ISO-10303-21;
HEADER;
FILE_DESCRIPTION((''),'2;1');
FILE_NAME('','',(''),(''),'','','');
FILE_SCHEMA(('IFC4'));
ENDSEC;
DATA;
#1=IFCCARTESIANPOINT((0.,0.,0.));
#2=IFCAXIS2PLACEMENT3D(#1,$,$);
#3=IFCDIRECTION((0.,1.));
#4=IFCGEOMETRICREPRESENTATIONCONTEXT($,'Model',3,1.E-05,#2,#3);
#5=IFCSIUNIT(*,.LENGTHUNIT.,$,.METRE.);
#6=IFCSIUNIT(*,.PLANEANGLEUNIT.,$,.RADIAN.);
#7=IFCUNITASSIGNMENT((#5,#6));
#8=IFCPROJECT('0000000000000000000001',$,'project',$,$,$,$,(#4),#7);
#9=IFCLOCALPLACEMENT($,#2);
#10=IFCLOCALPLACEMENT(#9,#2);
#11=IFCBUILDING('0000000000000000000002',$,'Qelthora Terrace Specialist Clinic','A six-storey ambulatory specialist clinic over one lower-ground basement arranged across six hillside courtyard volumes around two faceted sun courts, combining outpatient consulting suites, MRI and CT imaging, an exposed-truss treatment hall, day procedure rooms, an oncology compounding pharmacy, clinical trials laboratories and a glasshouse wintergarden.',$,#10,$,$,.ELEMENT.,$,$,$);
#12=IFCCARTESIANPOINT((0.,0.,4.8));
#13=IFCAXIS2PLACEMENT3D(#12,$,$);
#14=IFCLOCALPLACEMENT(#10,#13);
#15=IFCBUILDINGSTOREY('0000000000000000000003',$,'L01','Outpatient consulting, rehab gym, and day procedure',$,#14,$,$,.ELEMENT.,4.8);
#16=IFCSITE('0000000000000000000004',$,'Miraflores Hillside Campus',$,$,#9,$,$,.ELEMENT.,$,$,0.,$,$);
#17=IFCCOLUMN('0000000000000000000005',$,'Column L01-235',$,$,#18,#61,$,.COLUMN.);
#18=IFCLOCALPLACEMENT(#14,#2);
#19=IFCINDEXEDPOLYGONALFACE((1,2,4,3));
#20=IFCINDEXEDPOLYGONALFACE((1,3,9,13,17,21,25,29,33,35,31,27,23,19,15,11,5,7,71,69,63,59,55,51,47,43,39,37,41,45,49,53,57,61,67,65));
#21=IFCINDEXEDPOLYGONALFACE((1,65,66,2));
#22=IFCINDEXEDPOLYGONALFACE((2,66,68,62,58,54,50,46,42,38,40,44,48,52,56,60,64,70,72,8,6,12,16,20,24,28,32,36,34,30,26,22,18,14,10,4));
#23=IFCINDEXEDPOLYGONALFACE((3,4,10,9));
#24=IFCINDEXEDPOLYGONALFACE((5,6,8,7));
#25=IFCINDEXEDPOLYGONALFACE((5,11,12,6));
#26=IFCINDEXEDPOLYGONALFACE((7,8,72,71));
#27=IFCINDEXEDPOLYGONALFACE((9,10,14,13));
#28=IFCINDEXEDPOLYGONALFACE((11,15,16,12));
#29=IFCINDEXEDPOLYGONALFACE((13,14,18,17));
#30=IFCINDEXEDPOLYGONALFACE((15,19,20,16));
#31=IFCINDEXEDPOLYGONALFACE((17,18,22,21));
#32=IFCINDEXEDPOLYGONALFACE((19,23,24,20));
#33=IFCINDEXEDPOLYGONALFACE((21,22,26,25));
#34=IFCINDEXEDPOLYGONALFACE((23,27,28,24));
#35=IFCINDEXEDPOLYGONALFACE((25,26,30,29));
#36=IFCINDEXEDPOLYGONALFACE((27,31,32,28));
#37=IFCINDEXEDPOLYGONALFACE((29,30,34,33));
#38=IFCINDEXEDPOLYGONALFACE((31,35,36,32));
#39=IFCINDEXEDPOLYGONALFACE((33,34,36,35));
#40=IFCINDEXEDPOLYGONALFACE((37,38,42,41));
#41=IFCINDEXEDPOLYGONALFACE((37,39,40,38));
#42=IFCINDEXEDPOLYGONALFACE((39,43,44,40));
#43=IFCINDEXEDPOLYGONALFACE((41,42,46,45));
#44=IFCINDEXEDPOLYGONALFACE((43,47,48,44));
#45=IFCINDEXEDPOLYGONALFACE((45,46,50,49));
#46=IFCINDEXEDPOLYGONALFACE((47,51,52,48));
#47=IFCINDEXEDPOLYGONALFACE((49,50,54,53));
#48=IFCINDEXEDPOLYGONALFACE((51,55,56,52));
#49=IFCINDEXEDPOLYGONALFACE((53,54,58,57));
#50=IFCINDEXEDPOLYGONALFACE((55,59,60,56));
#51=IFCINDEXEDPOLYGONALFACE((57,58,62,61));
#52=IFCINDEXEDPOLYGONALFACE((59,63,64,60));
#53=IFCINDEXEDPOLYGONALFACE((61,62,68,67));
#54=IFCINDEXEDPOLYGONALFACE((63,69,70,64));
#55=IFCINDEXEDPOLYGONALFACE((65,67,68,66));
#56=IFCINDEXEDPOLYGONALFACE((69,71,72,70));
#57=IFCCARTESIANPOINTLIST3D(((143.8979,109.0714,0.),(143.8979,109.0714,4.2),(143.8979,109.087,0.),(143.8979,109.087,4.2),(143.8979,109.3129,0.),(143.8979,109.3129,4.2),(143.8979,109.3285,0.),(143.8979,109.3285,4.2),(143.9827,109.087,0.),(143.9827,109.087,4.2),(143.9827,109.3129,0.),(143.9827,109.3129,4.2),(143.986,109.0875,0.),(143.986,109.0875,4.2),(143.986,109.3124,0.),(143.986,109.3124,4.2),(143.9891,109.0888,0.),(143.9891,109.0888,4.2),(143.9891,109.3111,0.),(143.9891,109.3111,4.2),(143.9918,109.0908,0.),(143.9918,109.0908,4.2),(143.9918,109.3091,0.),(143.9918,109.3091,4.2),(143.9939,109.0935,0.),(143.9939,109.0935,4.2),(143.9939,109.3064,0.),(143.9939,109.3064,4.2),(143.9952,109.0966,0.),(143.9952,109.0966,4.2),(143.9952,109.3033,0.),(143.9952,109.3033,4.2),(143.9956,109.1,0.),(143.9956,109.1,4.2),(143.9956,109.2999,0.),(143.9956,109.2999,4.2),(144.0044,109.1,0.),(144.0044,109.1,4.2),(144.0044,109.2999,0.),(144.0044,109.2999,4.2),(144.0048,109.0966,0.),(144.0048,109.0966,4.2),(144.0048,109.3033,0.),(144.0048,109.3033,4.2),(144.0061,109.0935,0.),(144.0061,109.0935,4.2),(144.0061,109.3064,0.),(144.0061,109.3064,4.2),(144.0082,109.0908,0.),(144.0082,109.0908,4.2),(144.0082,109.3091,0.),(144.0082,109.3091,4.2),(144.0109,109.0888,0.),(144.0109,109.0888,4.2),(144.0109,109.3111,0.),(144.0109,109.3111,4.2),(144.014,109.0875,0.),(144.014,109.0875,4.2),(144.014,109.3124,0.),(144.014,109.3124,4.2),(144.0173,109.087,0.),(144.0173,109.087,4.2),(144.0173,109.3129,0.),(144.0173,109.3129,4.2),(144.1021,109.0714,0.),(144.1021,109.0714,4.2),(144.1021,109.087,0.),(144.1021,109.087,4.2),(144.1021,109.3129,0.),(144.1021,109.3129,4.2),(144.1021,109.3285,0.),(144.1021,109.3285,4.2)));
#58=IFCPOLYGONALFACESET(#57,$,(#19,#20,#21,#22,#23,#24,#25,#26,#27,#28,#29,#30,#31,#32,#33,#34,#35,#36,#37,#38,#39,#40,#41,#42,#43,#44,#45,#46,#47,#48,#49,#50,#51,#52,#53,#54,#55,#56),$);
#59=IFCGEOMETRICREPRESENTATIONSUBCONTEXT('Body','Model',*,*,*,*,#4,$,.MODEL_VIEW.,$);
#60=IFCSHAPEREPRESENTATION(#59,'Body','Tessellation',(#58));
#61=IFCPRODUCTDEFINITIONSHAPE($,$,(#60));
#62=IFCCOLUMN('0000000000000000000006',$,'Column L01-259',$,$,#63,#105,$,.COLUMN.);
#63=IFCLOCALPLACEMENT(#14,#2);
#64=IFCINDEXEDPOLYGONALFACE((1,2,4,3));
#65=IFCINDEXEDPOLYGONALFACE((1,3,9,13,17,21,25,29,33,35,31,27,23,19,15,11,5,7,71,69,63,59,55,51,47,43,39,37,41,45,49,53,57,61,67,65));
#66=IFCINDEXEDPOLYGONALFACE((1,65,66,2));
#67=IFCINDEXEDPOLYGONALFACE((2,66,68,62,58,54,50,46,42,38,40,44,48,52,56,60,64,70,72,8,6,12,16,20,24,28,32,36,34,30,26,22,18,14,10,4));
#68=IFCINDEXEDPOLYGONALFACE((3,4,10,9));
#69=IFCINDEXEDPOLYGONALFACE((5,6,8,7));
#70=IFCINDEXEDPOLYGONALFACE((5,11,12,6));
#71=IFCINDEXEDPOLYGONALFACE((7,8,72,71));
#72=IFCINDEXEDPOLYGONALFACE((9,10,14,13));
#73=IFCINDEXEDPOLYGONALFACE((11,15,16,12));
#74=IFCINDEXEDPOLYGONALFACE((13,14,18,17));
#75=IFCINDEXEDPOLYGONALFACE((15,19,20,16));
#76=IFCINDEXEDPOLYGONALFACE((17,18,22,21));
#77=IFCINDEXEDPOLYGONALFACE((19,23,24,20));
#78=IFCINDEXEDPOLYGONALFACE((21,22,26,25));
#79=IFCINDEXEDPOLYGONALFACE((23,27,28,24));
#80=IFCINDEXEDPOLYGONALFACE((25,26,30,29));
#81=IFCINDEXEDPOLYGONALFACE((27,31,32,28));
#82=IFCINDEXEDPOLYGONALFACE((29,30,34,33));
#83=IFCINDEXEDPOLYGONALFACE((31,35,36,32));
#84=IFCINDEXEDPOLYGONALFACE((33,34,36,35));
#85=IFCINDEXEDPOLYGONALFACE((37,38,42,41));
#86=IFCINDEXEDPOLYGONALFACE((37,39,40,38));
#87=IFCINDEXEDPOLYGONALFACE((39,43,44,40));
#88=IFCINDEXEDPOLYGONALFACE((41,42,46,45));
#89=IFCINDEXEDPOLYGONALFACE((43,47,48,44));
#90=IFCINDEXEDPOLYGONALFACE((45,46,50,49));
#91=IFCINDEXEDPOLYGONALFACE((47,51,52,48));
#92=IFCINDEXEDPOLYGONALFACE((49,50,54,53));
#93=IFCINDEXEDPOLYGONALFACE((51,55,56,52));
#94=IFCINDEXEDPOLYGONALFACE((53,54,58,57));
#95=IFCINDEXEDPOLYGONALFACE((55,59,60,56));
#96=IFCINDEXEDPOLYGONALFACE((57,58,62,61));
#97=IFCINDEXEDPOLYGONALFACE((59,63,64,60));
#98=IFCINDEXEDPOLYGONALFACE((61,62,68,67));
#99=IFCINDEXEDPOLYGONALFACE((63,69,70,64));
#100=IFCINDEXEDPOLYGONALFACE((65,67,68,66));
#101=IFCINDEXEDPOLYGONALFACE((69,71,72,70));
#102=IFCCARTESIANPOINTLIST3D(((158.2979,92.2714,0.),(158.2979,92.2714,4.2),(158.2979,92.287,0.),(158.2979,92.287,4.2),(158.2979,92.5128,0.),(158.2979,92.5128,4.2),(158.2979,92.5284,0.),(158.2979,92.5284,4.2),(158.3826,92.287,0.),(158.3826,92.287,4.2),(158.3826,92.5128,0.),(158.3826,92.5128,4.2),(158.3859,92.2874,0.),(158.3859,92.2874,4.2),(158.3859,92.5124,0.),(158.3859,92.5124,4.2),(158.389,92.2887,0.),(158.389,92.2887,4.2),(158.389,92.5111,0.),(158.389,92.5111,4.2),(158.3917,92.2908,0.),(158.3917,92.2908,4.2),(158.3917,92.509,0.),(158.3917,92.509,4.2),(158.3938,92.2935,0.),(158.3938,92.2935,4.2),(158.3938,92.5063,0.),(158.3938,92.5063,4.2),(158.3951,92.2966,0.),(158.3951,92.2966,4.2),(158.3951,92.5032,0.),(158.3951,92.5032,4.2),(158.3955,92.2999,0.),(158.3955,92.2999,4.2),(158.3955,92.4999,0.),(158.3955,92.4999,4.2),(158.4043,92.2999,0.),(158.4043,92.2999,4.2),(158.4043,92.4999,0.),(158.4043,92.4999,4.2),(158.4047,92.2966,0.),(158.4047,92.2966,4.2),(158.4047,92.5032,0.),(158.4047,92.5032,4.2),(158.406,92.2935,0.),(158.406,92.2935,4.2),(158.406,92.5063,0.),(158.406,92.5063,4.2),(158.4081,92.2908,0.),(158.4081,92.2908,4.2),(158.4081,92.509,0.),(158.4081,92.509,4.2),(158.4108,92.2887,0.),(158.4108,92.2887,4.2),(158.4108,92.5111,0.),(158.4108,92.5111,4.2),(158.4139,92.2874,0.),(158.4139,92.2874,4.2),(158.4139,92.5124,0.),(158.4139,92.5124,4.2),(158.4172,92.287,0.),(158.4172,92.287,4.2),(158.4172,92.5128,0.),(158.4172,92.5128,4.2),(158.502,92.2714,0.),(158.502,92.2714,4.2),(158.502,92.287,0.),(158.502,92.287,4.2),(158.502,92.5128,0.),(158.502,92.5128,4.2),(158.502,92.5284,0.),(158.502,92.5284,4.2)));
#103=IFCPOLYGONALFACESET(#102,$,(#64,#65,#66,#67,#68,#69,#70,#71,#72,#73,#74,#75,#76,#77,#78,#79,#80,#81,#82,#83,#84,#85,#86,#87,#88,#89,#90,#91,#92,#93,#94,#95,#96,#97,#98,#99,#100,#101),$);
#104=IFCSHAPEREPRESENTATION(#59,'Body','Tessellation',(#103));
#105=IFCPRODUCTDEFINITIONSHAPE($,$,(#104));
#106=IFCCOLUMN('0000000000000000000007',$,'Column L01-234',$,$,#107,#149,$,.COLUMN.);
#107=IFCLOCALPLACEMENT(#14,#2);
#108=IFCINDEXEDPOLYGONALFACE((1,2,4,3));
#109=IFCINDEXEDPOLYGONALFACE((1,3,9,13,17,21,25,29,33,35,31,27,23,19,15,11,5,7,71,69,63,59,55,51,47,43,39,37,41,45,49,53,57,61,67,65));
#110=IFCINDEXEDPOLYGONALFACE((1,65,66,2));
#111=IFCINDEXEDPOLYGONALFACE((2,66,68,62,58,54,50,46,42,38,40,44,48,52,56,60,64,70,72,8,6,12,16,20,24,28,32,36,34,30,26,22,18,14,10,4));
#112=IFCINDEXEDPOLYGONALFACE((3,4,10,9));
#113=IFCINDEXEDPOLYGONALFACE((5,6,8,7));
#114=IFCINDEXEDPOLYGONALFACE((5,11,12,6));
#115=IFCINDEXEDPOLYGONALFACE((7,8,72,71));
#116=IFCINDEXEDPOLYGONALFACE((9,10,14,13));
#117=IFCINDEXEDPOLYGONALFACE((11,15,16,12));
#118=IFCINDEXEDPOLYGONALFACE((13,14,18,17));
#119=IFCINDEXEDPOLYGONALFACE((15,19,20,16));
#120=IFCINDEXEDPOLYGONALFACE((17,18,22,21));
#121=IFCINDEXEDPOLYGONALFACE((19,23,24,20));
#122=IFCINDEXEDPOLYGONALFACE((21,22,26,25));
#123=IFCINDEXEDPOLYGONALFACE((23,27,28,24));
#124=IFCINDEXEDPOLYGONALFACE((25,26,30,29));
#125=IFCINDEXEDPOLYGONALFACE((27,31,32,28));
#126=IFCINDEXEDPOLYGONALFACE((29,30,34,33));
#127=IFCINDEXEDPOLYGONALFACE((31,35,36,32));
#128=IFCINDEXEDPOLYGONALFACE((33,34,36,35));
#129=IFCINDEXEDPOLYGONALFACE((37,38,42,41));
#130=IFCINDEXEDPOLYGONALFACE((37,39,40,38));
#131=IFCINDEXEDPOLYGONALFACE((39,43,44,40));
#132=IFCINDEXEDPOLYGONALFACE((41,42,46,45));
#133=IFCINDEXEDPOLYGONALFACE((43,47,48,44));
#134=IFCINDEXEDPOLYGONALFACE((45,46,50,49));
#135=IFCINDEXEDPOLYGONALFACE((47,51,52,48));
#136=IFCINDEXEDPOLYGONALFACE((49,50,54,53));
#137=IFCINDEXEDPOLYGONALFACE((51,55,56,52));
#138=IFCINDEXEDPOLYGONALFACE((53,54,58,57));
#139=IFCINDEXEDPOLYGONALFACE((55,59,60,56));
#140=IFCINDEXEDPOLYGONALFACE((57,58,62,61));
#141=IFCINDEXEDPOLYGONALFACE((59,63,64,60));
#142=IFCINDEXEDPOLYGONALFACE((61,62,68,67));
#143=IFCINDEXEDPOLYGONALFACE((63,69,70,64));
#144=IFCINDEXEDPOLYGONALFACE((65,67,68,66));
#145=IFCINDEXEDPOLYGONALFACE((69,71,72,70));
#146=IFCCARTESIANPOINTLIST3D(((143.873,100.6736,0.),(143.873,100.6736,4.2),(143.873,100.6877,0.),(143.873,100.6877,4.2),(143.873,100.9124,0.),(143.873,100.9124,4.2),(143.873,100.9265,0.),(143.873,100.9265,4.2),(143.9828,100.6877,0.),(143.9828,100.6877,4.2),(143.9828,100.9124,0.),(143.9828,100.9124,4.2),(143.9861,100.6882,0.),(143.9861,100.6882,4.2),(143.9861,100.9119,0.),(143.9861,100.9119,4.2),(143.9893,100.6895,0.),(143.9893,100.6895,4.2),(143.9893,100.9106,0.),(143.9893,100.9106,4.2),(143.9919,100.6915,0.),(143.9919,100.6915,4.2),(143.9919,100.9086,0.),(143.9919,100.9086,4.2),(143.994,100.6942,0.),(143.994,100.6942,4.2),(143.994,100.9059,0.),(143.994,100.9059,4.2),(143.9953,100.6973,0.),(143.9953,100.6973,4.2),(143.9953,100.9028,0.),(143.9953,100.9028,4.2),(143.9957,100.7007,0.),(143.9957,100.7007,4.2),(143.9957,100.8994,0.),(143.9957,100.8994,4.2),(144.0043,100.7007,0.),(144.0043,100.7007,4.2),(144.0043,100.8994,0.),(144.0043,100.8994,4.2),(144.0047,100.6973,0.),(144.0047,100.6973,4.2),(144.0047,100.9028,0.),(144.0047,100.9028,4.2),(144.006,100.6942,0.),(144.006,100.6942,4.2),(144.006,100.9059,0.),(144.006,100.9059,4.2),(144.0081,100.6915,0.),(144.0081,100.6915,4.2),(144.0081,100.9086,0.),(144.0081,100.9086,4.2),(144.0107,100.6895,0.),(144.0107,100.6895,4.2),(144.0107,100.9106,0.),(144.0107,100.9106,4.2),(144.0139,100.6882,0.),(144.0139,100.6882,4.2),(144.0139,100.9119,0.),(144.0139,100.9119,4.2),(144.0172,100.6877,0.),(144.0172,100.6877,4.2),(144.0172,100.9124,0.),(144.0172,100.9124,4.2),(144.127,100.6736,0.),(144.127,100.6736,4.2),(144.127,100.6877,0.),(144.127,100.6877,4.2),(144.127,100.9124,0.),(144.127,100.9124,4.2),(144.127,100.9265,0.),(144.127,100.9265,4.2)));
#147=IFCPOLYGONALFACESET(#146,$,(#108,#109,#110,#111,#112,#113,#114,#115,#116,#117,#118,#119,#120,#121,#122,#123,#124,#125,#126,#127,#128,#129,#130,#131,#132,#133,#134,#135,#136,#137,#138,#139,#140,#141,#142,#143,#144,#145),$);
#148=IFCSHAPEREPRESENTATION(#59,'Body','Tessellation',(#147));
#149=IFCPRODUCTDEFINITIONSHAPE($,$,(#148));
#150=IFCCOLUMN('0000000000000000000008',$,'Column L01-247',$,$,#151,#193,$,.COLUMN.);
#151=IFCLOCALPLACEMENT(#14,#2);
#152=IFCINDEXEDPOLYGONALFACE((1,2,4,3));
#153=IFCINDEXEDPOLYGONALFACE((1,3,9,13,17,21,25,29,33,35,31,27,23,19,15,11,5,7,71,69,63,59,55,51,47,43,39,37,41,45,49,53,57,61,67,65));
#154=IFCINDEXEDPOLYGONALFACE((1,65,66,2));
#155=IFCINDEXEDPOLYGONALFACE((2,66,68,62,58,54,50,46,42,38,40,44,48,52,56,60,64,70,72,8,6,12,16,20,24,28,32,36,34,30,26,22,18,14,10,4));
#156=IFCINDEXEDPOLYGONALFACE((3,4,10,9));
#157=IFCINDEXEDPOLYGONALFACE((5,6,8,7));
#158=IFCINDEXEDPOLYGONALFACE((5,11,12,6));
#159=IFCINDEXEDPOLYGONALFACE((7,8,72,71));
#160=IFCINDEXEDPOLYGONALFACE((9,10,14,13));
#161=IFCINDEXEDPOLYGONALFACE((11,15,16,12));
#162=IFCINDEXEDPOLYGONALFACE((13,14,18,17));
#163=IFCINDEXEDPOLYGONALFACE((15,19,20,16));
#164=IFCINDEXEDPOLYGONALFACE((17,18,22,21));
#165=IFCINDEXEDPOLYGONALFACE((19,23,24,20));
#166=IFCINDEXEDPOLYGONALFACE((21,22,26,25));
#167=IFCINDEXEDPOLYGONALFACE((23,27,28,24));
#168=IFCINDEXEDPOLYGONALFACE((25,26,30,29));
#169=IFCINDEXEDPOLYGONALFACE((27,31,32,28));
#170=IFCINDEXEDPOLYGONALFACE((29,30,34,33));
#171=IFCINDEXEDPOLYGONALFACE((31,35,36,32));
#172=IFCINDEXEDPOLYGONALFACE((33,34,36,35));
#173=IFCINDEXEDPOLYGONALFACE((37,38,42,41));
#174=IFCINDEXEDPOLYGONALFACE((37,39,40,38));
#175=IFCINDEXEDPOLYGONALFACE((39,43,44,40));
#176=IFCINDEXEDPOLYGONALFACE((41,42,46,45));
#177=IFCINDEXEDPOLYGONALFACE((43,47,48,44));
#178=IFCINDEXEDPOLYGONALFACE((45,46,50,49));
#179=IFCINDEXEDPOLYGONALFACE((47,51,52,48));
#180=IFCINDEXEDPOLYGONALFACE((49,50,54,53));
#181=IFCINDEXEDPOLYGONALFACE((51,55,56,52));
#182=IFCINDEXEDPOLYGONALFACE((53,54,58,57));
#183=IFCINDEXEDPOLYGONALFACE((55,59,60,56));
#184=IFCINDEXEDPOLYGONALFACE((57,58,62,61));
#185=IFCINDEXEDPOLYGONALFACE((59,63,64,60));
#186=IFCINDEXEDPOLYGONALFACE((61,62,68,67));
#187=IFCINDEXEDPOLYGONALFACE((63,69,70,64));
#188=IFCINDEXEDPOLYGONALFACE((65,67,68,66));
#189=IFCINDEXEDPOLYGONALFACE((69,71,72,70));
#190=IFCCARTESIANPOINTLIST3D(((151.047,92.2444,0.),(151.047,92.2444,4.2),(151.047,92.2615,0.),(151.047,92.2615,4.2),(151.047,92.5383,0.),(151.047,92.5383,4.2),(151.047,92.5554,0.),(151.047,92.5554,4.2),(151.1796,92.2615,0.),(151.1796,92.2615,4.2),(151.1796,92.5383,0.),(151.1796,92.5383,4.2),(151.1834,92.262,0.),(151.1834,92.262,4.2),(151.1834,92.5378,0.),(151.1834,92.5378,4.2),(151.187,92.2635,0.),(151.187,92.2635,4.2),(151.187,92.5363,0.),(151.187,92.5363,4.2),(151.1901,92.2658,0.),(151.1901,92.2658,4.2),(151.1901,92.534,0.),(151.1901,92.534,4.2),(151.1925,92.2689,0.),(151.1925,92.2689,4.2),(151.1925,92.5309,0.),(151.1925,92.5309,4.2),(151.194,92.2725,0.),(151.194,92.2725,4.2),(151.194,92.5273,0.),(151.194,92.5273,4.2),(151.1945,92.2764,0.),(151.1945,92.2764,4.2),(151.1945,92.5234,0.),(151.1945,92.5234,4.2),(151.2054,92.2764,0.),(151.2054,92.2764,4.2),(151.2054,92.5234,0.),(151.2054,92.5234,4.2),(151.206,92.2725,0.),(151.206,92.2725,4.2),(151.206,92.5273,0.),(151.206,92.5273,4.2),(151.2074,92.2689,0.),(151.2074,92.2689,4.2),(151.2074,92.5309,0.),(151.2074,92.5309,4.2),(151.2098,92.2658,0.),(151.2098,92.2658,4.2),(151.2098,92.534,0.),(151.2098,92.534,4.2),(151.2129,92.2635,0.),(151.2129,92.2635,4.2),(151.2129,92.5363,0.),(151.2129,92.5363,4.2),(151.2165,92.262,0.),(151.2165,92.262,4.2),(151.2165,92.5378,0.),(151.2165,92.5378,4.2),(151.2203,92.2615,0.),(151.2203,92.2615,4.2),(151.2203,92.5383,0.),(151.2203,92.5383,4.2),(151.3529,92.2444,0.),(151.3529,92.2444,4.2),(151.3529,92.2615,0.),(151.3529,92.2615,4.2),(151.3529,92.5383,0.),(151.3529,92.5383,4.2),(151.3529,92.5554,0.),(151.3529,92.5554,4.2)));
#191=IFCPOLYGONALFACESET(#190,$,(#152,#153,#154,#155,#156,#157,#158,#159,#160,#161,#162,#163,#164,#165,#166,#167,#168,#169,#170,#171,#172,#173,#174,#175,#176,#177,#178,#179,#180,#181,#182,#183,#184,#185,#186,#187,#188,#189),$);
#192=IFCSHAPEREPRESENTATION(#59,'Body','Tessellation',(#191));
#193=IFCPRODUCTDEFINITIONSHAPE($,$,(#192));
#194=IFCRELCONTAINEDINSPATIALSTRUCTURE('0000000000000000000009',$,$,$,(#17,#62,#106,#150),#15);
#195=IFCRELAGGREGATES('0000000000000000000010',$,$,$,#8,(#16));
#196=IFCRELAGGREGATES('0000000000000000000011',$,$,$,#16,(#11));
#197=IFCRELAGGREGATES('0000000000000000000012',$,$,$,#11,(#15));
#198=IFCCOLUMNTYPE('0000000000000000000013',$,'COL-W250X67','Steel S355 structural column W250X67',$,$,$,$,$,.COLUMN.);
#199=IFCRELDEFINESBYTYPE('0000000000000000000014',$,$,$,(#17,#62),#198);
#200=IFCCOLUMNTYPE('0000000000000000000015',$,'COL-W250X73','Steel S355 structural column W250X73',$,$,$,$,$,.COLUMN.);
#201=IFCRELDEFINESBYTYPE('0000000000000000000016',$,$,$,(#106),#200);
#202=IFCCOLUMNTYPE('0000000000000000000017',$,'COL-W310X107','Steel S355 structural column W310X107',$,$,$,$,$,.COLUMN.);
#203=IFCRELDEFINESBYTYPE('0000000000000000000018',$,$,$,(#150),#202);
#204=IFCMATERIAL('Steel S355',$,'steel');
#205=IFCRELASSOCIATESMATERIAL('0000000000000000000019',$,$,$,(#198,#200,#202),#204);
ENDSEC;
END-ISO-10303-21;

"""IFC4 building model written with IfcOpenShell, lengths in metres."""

from ifc_helpers import new_model, si_unit, direction, frame, origin, origin_2d, place, context, subcontext, project, spatial, i_section, extrude, material, material_profile, profile_set, type_object, element, save


model = new_model("IFC4")

# Units and contexts
model_context = context("Model", 3, precision=1e-05, world=origin(), true_north=direction((0.0, 1.0)))
body_context = subcontext(model_context, "Body", "Model", "MODEL_VIEW")
ifc_project = project(units=[si_unit("LENGTHUNIT", "METRE"), si_unit("PLANEANGLEUNIT", "RADIAN")], contexts=[model_context])

# Site, building, storey
site_placement = place(None, origin())
site = spatial("IfcSite", under=ifc_project, at=site_placement, Name="Miraflores Hillside Campus", CompositionType="ELEMENT", RefElevation=0.0)
building_placement = place(site_placement, origin())
building = spatial("IfcBuilding", under=site, at=building_placement, Name="Qelthora Terrace Specialist Clinic", Description="A six-storey ambulatory specialist clinic over one lower-ground basement arranged across six hillside courtyard volumes around two faceted sun courts, combining outpatient consulting suites, MRI and CT imaging, an exposed-truss treatment hall, day procedure rooms, an oncology compounding pharmacy, clinical trials laboratories and a glasshouse wintergarden.", CompositionType="ELEMENT")
storey_placement = place(building_placement, frame((0.0, 0.0, 4.8)))
storey = spatial("IfcBuildingStorey", under=building, at=storey_placement, Name="L01", Description="Outpatient consulting, rehab gym, and day procedure", CompositionType="ELEMENT", Elevation=4.8)

# Columns
ifc_material_1 = material(Name="Steel S355", Category="steel")
ifc_material_profile_1 = material_profile(ifc_material_1, i_section(OverallWidth=0.2041, OverallDepth=0.2571, WebThickness=0.0088, FlangeThickness=0.0156, FilletRadius=0.0129, at=origin_2d()), Name="W250X67")
ifc_profile_set_1 = profile_set([ifc_material_profile_1], Name="Steel S355")
column_type_1 = type_object("IfcColumnType", Name="COL-W250X67", Description="Steel S355 structural column W250X67", PredefinedType="COLUMN", material=ifc_profile_set_1)
for number, where, z_axis, x_axis, name in (
    (1, (144.0, 109.2, 0.0), (0.0, 0.0, 1.0), (1.0, 0.0, 0.0), "Column L01-235"),
    (2, (158.3999, 92.3999, 0.0), (0.0, 0.0, 1.0), (1.0, 0.0, 0.0), "Column L01-259"),
):
    element("IfcColumn", number, at=place(storey_placement, frame(where, z_axis=z_axis, x_axis=x_axis)), inside=storey, type_object=column_type_1, Name=name, PredefinedType="COLUMN", context=body_context, shape_type="SweptSolid", body=[
        extrude(i_section(OverallWidth=0.2041, OverallDepth=0.2571, WebThickness=0.0088, FlangeThickness=0.0156, FilletRadius=0.0129, at=origin_2d()), origin(), (0.0, 0.0, 1.0), 4.2),
    ])
ifc_material_profile_2 = material_profile(ifc_material_1, i_section(OverallWidth=0.2539, OverallDepth=0.2529, WebThickness=0.0085, FlangeThickness=0.0142, FilletRadius=0.0129, at=origin_2d()), Name="W250X73")
ifc_profile_set_2 = profile_set([ifc_material_profile_2], Name="Steel S355")
column_type_2 = type_object("IfcColumnType", Name="COL-W250X73", Description="Steel S355 structural column W250X73", PredefinedType="COLUMN", material=ifc_profile_set_2)
column_1_placement = place(storey_placement, frame((144.0, 100.8, 0.0), z_axis=(0.0, 0.0, 1.0), x_axis=(1.0, 0.0, 0.0)))
element("IfcColumn", 3, at=column_1_placement, inside=storey, type_object=column_type_2, Name="Column L01-234", PredefinedType="COLUMN", context=body_context, shape_type="SweptSolid", body=[
    extrude(i_section(OverallWidth=0.2539, OverallDepth=0.2529, WebThickness=0.0085, FlangeThickness=0.0142, FilletRadius=0.0129, at=origin_2d()), origin(), (0.0, 0.0, 1.0), 4.2),
])
ifc_material_profile_3 = material_profile(ifc_material_1, i_section(OverallWidth=0.3059, OverallDepth=0.311, WebThickness=0.011, FlangeThickness=0.0171, FilletRadius=0.0149, at=origin_2d()), Name="W310X107")
ifc_profile_set_3 = profile_set([ifc_material_profile_3], Name="Steel S355")
column_type_3 = type_object("IfcColumnType", Name="COL-W310X107", Description="Steel S355 structural column W310X107", PredefinedType="COLUMN", material=ifc_profile_set_3)
column_2_placement = place(storey_placement, frame((151.2, 92.3999, 0.0), z_axis=(0.0, 0.0, 1.0), x_axis=(1.0, 0.0, 0.0)))
element("IfcColumn", 4, at=column_2_placement, inside=storey, type_object=column_type_3, Name="Column L01-247", PredefinedType="COLUMN", context=body_context, shape_type="SweptSolid", body=[
    extrude(i_section(OverallWidth=0.3059, OverallDepth=0.311, WebThickness=0.011, FlangeThickness=0.0171, FilletRadius=0.0149, at=origin_2d()), origin(), (0.0, 0.0, 1.0), 4.2),
])

save(model, "model.ifc")
